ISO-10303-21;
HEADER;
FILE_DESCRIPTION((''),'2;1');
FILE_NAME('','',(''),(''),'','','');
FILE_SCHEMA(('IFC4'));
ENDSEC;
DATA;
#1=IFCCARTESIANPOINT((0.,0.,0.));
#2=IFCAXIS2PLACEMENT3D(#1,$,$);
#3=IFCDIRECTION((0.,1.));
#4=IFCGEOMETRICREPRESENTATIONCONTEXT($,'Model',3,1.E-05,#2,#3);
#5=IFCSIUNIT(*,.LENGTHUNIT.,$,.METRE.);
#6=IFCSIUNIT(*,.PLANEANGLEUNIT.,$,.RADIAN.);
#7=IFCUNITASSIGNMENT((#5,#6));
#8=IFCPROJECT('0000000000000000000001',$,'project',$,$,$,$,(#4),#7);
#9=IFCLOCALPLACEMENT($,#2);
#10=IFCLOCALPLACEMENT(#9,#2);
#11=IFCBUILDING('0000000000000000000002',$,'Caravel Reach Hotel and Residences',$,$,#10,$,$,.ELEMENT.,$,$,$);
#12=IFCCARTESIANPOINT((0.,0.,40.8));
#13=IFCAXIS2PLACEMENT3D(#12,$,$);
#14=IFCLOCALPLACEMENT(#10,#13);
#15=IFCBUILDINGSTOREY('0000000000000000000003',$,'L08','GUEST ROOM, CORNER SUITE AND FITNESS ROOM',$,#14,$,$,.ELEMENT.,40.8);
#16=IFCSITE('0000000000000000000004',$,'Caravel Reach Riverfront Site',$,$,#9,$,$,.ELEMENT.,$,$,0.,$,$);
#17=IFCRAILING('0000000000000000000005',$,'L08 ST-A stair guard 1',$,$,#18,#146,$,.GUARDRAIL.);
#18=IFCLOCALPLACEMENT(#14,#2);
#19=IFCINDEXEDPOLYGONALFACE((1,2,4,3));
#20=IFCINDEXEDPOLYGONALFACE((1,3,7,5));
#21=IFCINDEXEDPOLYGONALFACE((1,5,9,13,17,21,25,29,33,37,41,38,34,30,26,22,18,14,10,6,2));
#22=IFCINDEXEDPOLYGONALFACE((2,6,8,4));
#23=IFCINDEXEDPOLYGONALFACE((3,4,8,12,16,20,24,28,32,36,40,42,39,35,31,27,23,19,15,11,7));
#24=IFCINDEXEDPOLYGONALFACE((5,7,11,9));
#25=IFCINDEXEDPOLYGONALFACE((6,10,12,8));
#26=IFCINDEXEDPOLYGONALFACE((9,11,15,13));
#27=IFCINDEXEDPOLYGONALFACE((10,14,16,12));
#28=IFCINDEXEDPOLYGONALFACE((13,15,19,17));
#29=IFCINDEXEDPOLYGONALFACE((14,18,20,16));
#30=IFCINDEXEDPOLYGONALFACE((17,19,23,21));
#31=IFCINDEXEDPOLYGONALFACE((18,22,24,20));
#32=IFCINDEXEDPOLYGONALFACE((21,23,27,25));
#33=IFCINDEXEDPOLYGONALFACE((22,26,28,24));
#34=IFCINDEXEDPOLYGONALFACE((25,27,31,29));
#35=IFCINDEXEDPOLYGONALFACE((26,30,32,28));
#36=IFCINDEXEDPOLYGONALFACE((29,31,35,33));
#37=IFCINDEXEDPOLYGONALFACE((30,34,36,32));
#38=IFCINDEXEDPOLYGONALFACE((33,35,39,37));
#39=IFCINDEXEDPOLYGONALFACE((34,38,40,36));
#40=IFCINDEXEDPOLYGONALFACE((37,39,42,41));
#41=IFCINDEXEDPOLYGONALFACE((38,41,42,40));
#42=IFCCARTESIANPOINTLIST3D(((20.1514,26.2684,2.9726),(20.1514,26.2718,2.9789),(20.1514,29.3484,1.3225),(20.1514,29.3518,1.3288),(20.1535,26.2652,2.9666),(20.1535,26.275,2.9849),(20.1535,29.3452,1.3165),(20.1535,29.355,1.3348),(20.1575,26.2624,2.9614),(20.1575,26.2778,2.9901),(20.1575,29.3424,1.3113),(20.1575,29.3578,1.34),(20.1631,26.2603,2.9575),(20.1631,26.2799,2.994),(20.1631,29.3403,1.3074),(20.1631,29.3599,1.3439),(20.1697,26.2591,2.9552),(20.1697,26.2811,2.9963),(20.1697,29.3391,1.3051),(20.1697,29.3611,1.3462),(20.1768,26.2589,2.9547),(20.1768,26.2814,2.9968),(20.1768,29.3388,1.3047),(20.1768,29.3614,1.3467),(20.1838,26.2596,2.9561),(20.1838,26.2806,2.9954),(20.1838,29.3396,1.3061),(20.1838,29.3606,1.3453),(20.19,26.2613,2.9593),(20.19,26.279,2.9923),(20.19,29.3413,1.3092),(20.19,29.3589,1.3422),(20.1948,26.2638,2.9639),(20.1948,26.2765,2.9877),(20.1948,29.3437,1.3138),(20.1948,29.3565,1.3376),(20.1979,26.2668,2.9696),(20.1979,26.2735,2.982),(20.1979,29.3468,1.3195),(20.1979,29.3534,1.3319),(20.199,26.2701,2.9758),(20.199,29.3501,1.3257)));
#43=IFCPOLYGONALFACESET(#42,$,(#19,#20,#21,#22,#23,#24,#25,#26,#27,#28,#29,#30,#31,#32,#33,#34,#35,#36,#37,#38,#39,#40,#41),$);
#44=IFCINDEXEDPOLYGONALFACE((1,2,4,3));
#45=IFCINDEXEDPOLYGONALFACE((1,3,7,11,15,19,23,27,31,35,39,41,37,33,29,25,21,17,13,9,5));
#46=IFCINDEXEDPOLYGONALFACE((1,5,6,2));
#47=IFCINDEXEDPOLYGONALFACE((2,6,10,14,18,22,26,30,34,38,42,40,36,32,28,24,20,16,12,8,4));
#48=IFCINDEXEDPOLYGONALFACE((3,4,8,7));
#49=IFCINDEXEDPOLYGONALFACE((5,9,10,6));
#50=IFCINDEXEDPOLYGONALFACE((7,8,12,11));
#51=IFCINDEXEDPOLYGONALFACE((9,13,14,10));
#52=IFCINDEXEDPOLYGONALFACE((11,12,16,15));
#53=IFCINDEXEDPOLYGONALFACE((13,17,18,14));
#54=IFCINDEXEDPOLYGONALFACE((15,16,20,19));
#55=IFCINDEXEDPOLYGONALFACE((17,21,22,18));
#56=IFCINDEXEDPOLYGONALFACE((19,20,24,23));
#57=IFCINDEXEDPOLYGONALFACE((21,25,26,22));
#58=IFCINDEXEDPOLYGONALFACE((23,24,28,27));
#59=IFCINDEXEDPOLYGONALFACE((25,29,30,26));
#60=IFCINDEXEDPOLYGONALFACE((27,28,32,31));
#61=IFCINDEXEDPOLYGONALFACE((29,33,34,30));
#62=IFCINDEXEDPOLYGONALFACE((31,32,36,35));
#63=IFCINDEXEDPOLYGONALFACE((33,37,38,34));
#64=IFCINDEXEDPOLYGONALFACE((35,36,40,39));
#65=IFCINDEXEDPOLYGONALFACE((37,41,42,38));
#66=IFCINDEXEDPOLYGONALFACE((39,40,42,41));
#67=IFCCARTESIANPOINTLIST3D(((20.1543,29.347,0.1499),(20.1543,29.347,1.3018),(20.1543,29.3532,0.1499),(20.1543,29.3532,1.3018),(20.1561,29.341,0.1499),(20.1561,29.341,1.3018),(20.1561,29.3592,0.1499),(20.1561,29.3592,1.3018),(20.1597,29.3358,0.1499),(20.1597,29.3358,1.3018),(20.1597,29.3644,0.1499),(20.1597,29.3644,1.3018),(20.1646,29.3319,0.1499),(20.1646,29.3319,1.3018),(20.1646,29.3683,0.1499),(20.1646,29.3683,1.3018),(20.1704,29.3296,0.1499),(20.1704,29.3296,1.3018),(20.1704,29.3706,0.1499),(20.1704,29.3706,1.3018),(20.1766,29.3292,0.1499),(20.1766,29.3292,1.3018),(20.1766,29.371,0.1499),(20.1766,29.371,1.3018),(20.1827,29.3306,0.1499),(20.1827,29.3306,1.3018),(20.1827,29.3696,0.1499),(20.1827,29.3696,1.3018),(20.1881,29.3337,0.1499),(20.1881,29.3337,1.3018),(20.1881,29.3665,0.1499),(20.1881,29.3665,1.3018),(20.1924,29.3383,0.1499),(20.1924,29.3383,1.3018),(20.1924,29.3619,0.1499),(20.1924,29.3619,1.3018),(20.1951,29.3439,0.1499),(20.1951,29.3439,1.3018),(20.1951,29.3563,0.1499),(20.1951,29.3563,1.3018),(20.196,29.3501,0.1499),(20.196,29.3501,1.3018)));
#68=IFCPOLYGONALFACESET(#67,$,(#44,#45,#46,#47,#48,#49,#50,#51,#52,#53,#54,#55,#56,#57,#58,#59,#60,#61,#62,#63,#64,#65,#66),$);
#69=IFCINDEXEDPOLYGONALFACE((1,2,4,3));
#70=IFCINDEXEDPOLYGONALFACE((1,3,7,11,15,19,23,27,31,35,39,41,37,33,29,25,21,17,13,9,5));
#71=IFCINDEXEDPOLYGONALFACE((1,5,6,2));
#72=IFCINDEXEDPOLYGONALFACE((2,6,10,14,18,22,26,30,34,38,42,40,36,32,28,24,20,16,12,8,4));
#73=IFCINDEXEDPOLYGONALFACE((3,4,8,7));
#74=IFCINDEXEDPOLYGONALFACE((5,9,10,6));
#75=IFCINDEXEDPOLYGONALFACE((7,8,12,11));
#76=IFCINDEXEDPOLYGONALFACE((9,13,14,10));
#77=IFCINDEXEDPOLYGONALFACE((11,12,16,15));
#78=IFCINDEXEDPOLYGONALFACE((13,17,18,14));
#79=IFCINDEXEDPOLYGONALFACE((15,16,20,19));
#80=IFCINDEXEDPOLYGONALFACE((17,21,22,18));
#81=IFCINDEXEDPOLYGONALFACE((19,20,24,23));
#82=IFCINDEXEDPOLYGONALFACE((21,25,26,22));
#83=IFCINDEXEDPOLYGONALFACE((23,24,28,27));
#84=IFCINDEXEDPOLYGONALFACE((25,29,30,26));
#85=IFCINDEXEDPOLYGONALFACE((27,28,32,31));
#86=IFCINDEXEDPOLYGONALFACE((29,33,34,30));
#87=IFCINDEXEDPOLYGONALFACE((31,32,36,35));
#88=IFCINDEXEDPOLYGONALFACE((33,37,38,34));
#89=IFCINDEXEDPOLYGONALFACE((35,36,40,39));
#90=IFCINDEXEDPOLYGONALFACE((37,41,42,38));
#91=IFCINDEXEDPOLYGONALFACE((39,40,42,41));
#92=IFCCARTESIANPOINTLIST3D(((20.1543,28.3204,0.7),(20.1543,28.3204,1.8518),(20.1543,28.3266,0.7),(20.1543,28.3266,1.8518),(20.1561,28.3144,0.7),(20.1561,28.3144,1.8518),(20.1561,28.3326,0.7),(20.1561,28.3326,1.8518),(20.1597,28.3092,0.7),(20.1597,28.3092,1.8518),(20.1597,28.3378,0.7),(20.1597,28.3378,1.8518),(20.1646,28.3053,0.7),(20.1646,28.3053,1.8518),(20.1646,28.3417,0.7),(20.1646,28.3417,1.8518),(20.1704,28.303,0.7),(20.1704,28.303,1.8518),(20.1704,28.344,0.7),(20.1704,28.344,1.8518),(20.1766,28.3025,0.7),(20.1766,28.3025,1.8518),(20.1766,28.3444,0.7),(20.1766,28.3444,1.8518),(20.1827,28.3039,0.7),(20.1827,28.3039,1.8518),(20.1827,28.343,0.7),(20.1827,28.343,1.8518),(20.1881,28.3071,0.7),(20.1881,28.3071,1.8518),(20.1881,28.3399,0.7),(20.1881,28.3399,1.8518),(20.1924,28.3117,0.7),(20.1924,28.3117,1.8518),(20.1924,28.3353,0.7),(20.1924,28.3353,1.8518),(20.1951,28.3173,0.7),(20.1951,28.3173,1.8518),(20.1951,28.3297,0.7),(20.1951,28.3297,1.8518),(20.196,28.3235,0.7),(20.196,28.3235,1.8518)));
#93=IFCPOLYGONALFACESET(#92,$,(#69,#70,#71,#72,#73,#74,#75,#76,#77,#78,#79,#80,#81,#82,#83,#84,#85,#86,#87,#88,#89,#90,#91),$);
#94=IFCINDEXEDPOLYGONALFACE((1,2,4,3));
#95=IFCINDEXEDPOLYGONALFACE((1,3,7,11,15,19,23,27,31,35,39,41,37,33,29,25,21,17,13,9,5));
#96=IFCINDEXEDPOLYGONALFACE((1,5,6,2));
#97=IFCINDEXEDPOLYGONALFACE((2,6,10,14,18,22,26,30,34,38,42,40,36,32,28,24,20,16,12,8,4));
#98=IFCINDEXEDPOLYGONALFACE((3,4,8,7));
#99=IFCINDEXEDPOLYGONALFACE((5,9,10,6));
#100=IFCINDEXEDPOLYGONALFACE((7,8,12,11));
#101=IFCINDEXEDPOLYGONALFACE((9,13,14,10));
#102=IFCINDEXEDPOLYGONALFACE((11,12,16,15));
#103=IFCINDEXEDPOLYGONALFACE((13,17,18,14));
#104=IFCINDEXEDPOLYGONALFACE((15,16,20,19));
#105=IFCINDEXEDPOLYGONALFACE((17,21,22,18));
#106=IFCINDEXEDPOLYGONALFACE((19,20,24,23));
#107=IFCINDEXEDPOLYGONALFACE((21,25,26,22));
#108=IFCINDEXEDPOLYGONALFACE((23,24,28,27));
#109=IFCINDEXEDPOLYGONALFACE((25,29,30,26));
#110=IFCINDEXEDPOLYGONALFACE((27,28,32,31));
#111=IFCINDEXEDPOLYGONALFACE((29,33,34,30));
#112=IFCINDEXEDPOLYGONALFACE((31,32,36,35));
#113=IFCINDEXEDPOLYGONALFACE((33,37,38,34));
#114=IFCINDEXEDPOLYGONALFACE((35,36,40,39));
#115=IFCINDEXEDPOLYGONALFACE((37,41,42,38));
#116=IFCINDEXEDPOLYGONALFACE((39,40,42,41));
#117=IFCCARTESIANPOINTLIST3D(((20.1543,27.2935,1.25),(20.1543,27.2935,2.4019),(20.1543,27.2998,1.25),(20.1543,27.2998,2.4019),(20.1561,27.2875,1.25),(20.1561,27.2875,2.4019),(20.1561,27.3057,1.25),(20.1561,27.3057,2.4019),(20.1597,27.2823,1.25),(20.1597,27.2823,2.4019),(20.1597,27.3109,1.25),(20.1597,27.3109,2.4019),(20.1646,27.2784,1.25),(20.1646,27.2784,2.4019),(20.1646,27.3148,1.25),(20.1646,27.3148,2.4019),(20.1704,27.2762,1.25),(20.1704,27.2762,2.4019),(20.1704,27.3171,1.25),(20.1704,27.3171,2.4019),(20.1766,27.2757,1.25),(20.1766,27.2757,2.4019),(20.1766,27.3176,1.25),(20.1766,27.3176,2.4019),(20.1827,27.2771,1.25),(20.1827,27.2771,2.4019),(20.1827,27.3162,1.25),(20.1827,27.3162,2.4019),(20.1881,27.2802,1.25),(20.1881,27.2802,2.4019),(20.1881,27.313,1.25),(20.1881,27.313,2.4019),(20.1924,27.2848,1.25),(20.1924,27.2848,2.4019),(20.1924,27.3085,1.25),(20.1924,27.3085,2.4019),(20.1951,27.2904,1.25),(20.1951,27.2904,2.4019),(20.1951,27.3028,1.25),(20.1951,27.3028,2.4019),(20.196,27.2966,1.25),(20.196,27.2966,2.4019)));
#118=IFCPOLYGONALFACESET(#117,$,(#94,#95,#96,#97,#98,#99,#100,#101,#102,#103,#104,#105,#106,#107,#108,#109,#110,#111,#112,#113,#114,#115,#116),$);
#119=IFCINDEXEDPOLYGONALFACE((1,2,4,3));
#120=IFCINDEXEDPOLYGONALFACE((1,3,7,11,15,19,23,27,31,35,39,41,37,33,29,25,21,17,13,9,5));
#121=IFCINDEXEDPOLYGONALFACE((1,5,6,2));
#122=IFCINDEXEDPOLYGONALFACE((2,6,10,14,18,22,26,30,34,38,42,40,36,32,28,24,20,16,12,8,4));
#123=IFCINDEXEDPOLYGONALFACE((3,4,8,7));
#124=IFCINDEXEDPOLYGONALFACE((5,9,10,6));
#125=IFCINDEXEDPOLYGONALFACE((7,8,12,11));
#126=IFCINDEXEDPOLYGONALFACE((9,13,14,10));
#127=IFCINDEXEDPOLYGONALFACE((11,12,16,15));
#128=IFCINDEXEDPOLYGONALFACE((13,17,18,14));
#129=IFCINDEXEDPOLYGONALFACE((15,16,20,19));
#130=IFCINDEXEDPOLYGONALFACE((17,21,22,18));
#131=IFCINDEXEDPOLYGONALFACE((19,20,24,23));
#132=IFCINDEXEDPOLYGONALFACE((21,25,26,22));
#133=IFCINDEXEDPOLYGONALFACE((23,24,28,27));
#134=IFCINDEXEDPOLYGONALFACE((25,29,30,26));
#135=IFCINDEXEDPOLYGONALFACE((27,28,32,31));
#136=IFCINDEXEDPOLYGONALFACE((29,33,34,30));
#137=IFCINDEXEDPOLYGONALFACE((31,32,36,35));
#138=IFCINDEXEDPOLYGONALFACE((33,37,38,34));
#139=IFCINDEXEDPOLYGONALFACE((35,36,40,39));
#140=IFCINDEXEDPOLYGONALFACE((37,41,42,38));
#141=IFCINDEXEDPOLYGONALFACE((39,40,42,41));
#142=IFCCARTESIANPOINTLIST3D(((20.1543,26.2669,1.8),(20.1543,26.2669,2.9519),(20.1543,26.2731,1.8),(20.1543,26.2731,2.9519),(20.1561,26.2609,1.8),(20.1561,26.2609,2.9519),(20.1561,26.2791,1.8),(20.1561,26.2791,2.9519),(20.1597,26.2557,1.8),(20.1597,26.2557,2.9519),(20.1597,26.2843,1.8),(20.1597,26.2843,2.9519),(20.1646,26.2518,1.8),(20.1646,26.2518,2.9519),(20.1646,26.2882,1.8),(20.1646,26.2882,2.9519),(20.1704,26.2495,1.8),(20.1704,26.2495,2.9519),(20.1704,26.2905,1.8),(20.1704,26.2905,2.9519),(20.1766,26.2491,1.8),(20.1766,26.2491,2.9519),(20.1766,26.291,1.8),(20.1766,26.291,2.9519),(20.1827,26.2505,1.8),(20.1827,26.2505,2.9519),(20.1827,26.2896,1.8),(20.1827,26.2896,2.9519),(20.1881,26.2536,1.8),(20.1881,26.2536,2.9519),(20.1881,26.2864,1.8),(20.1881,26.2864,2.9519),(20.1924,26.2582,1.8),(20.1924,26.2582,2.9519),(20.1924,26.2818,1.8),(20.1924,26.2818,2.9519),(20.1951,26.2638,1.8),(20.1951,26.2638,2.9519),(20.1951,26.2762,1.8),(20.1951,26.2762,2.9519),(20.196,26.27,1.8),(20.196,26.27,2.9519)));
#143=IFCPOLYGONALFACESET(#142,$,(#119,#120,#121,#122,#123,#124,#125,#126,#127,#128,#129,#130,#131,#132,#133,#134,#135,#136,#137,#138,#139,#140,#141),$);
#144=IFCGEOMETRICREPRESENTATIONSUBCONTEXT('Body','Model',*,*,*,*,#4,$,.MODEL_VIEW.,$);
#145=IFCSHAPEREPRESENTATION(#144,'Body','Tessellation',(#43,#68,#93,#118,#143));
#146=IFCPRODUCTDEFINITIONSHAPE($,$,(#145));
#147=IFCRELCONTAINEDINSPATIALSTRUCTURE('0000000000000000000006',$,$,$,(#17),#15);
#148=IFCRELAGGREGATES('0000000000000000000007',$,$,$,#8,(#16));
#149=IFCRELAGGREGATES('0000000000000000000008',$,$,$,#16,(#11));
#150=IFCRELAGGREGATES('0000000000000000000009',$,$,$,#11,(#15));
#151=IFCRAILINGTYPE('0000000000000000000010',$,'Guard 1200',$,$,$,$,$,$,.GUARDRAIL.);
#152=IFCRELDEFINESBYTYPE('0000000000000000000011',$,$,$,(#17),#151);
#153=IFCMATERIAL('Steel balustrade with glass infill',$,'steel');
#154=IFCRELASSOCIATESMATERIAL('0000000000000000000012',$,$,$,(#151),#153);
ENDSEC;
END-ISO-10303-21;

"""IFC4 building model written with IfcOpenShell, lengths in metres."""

from ifc_helpers import new_model, si_unit, direction, frame, origin, origin_2d, place, context, subcontext, project, spatial, circle, extrude, material, type_object, element, save


model = new_model("IFC4")

# Units and contexts
model_context = context("Model", 3, precision=1e-05, world=origin(), true_north=direction((0.0, 1.0)))
body_context = subcontext(model_context, "Body", "Model", "MODEL_VIEW")
ifc_project = project(units=[si_unit("LENGTHUNIT", "METRE"), si_unit("PLANEANGLEUNIT", "RADIAN")], contexts=[model_context])

# Site, building, storey
site_placement = place(None, origin())
site = spatial("IfcSite", under=ifc_project, at=site_placement, Name="Caravel Reach Riverfront Site", CompositionType="ELEMENT", RefElevation=0.0)
building_placement = place(site_placement, origin())
building = spatial("IfcBuilding", under=site, at=building_placement, Name="Caravel Reach Hotel and Residences", CompositionType="ELEMENT")
storey_placement = place(building_placement, frame((0.0, 0.0, 40.8)))
storey = spatial("IfcBuildingStorey", under=building, at=storey_placement, Name="L08", Description="GUEST ROOM, CORNER SUITE AND FITNESS ROOM", CompositionType="ELEMENT", Elevation=40.8)

# Railing
ifc_material_1 = material(Name="Steel balustrade with glass infill", Category="steel")
railing_type_1 = type_object("IfcRailingType", Name="Guard 1200", PredefinedType="GUARDRAIL", material=ifc_material_1)
railing_1_placement = place(storey_placement, frame((20.175, 29.3501, 0.1499)))
element("IfcRailing", 1, at=railing_1_placement, inside=storey, type_object=railing_type_1, Name="L08 ST-A stair guard 1", PredefinedType="GUARDRAIL", context=body_context, shape_type="SweptSolid", body=[
    extrude(circle(Radius=0.0239, at=origin_2d()), frame((0.0, 0.0, 1.1758), z_axis=(0.0, -0.881468, 0.472245), x_axis=(1.0, 0.0, 0.0)), (0.0, 0.0, 1.0), 3.4941),
    extrude(circle(Radius=0.021, at=origin_2d()), origin(), (0.0, 0.0, 1.0), 1.1519),
    extrude(circle(Radius=0.021, at=origin_2d()), frame((0.0, -1.0266, 0.55)), (0.0, 0.0, 1.0), 1.1519),
    extrude(circle(Radius=0.021, at=origin_2d()), frame((0.0, -2.0535, 1.1001)), (0.0, 0.0, 1.0), 1.1519),
    extrude(circle(Radius=0.021, at=origin_2d()), frame((0.0, -3.0801, 1.6501)), (0.0, 0.0, 1.0), 1.1519),
])

save(model, "model.ifc")
